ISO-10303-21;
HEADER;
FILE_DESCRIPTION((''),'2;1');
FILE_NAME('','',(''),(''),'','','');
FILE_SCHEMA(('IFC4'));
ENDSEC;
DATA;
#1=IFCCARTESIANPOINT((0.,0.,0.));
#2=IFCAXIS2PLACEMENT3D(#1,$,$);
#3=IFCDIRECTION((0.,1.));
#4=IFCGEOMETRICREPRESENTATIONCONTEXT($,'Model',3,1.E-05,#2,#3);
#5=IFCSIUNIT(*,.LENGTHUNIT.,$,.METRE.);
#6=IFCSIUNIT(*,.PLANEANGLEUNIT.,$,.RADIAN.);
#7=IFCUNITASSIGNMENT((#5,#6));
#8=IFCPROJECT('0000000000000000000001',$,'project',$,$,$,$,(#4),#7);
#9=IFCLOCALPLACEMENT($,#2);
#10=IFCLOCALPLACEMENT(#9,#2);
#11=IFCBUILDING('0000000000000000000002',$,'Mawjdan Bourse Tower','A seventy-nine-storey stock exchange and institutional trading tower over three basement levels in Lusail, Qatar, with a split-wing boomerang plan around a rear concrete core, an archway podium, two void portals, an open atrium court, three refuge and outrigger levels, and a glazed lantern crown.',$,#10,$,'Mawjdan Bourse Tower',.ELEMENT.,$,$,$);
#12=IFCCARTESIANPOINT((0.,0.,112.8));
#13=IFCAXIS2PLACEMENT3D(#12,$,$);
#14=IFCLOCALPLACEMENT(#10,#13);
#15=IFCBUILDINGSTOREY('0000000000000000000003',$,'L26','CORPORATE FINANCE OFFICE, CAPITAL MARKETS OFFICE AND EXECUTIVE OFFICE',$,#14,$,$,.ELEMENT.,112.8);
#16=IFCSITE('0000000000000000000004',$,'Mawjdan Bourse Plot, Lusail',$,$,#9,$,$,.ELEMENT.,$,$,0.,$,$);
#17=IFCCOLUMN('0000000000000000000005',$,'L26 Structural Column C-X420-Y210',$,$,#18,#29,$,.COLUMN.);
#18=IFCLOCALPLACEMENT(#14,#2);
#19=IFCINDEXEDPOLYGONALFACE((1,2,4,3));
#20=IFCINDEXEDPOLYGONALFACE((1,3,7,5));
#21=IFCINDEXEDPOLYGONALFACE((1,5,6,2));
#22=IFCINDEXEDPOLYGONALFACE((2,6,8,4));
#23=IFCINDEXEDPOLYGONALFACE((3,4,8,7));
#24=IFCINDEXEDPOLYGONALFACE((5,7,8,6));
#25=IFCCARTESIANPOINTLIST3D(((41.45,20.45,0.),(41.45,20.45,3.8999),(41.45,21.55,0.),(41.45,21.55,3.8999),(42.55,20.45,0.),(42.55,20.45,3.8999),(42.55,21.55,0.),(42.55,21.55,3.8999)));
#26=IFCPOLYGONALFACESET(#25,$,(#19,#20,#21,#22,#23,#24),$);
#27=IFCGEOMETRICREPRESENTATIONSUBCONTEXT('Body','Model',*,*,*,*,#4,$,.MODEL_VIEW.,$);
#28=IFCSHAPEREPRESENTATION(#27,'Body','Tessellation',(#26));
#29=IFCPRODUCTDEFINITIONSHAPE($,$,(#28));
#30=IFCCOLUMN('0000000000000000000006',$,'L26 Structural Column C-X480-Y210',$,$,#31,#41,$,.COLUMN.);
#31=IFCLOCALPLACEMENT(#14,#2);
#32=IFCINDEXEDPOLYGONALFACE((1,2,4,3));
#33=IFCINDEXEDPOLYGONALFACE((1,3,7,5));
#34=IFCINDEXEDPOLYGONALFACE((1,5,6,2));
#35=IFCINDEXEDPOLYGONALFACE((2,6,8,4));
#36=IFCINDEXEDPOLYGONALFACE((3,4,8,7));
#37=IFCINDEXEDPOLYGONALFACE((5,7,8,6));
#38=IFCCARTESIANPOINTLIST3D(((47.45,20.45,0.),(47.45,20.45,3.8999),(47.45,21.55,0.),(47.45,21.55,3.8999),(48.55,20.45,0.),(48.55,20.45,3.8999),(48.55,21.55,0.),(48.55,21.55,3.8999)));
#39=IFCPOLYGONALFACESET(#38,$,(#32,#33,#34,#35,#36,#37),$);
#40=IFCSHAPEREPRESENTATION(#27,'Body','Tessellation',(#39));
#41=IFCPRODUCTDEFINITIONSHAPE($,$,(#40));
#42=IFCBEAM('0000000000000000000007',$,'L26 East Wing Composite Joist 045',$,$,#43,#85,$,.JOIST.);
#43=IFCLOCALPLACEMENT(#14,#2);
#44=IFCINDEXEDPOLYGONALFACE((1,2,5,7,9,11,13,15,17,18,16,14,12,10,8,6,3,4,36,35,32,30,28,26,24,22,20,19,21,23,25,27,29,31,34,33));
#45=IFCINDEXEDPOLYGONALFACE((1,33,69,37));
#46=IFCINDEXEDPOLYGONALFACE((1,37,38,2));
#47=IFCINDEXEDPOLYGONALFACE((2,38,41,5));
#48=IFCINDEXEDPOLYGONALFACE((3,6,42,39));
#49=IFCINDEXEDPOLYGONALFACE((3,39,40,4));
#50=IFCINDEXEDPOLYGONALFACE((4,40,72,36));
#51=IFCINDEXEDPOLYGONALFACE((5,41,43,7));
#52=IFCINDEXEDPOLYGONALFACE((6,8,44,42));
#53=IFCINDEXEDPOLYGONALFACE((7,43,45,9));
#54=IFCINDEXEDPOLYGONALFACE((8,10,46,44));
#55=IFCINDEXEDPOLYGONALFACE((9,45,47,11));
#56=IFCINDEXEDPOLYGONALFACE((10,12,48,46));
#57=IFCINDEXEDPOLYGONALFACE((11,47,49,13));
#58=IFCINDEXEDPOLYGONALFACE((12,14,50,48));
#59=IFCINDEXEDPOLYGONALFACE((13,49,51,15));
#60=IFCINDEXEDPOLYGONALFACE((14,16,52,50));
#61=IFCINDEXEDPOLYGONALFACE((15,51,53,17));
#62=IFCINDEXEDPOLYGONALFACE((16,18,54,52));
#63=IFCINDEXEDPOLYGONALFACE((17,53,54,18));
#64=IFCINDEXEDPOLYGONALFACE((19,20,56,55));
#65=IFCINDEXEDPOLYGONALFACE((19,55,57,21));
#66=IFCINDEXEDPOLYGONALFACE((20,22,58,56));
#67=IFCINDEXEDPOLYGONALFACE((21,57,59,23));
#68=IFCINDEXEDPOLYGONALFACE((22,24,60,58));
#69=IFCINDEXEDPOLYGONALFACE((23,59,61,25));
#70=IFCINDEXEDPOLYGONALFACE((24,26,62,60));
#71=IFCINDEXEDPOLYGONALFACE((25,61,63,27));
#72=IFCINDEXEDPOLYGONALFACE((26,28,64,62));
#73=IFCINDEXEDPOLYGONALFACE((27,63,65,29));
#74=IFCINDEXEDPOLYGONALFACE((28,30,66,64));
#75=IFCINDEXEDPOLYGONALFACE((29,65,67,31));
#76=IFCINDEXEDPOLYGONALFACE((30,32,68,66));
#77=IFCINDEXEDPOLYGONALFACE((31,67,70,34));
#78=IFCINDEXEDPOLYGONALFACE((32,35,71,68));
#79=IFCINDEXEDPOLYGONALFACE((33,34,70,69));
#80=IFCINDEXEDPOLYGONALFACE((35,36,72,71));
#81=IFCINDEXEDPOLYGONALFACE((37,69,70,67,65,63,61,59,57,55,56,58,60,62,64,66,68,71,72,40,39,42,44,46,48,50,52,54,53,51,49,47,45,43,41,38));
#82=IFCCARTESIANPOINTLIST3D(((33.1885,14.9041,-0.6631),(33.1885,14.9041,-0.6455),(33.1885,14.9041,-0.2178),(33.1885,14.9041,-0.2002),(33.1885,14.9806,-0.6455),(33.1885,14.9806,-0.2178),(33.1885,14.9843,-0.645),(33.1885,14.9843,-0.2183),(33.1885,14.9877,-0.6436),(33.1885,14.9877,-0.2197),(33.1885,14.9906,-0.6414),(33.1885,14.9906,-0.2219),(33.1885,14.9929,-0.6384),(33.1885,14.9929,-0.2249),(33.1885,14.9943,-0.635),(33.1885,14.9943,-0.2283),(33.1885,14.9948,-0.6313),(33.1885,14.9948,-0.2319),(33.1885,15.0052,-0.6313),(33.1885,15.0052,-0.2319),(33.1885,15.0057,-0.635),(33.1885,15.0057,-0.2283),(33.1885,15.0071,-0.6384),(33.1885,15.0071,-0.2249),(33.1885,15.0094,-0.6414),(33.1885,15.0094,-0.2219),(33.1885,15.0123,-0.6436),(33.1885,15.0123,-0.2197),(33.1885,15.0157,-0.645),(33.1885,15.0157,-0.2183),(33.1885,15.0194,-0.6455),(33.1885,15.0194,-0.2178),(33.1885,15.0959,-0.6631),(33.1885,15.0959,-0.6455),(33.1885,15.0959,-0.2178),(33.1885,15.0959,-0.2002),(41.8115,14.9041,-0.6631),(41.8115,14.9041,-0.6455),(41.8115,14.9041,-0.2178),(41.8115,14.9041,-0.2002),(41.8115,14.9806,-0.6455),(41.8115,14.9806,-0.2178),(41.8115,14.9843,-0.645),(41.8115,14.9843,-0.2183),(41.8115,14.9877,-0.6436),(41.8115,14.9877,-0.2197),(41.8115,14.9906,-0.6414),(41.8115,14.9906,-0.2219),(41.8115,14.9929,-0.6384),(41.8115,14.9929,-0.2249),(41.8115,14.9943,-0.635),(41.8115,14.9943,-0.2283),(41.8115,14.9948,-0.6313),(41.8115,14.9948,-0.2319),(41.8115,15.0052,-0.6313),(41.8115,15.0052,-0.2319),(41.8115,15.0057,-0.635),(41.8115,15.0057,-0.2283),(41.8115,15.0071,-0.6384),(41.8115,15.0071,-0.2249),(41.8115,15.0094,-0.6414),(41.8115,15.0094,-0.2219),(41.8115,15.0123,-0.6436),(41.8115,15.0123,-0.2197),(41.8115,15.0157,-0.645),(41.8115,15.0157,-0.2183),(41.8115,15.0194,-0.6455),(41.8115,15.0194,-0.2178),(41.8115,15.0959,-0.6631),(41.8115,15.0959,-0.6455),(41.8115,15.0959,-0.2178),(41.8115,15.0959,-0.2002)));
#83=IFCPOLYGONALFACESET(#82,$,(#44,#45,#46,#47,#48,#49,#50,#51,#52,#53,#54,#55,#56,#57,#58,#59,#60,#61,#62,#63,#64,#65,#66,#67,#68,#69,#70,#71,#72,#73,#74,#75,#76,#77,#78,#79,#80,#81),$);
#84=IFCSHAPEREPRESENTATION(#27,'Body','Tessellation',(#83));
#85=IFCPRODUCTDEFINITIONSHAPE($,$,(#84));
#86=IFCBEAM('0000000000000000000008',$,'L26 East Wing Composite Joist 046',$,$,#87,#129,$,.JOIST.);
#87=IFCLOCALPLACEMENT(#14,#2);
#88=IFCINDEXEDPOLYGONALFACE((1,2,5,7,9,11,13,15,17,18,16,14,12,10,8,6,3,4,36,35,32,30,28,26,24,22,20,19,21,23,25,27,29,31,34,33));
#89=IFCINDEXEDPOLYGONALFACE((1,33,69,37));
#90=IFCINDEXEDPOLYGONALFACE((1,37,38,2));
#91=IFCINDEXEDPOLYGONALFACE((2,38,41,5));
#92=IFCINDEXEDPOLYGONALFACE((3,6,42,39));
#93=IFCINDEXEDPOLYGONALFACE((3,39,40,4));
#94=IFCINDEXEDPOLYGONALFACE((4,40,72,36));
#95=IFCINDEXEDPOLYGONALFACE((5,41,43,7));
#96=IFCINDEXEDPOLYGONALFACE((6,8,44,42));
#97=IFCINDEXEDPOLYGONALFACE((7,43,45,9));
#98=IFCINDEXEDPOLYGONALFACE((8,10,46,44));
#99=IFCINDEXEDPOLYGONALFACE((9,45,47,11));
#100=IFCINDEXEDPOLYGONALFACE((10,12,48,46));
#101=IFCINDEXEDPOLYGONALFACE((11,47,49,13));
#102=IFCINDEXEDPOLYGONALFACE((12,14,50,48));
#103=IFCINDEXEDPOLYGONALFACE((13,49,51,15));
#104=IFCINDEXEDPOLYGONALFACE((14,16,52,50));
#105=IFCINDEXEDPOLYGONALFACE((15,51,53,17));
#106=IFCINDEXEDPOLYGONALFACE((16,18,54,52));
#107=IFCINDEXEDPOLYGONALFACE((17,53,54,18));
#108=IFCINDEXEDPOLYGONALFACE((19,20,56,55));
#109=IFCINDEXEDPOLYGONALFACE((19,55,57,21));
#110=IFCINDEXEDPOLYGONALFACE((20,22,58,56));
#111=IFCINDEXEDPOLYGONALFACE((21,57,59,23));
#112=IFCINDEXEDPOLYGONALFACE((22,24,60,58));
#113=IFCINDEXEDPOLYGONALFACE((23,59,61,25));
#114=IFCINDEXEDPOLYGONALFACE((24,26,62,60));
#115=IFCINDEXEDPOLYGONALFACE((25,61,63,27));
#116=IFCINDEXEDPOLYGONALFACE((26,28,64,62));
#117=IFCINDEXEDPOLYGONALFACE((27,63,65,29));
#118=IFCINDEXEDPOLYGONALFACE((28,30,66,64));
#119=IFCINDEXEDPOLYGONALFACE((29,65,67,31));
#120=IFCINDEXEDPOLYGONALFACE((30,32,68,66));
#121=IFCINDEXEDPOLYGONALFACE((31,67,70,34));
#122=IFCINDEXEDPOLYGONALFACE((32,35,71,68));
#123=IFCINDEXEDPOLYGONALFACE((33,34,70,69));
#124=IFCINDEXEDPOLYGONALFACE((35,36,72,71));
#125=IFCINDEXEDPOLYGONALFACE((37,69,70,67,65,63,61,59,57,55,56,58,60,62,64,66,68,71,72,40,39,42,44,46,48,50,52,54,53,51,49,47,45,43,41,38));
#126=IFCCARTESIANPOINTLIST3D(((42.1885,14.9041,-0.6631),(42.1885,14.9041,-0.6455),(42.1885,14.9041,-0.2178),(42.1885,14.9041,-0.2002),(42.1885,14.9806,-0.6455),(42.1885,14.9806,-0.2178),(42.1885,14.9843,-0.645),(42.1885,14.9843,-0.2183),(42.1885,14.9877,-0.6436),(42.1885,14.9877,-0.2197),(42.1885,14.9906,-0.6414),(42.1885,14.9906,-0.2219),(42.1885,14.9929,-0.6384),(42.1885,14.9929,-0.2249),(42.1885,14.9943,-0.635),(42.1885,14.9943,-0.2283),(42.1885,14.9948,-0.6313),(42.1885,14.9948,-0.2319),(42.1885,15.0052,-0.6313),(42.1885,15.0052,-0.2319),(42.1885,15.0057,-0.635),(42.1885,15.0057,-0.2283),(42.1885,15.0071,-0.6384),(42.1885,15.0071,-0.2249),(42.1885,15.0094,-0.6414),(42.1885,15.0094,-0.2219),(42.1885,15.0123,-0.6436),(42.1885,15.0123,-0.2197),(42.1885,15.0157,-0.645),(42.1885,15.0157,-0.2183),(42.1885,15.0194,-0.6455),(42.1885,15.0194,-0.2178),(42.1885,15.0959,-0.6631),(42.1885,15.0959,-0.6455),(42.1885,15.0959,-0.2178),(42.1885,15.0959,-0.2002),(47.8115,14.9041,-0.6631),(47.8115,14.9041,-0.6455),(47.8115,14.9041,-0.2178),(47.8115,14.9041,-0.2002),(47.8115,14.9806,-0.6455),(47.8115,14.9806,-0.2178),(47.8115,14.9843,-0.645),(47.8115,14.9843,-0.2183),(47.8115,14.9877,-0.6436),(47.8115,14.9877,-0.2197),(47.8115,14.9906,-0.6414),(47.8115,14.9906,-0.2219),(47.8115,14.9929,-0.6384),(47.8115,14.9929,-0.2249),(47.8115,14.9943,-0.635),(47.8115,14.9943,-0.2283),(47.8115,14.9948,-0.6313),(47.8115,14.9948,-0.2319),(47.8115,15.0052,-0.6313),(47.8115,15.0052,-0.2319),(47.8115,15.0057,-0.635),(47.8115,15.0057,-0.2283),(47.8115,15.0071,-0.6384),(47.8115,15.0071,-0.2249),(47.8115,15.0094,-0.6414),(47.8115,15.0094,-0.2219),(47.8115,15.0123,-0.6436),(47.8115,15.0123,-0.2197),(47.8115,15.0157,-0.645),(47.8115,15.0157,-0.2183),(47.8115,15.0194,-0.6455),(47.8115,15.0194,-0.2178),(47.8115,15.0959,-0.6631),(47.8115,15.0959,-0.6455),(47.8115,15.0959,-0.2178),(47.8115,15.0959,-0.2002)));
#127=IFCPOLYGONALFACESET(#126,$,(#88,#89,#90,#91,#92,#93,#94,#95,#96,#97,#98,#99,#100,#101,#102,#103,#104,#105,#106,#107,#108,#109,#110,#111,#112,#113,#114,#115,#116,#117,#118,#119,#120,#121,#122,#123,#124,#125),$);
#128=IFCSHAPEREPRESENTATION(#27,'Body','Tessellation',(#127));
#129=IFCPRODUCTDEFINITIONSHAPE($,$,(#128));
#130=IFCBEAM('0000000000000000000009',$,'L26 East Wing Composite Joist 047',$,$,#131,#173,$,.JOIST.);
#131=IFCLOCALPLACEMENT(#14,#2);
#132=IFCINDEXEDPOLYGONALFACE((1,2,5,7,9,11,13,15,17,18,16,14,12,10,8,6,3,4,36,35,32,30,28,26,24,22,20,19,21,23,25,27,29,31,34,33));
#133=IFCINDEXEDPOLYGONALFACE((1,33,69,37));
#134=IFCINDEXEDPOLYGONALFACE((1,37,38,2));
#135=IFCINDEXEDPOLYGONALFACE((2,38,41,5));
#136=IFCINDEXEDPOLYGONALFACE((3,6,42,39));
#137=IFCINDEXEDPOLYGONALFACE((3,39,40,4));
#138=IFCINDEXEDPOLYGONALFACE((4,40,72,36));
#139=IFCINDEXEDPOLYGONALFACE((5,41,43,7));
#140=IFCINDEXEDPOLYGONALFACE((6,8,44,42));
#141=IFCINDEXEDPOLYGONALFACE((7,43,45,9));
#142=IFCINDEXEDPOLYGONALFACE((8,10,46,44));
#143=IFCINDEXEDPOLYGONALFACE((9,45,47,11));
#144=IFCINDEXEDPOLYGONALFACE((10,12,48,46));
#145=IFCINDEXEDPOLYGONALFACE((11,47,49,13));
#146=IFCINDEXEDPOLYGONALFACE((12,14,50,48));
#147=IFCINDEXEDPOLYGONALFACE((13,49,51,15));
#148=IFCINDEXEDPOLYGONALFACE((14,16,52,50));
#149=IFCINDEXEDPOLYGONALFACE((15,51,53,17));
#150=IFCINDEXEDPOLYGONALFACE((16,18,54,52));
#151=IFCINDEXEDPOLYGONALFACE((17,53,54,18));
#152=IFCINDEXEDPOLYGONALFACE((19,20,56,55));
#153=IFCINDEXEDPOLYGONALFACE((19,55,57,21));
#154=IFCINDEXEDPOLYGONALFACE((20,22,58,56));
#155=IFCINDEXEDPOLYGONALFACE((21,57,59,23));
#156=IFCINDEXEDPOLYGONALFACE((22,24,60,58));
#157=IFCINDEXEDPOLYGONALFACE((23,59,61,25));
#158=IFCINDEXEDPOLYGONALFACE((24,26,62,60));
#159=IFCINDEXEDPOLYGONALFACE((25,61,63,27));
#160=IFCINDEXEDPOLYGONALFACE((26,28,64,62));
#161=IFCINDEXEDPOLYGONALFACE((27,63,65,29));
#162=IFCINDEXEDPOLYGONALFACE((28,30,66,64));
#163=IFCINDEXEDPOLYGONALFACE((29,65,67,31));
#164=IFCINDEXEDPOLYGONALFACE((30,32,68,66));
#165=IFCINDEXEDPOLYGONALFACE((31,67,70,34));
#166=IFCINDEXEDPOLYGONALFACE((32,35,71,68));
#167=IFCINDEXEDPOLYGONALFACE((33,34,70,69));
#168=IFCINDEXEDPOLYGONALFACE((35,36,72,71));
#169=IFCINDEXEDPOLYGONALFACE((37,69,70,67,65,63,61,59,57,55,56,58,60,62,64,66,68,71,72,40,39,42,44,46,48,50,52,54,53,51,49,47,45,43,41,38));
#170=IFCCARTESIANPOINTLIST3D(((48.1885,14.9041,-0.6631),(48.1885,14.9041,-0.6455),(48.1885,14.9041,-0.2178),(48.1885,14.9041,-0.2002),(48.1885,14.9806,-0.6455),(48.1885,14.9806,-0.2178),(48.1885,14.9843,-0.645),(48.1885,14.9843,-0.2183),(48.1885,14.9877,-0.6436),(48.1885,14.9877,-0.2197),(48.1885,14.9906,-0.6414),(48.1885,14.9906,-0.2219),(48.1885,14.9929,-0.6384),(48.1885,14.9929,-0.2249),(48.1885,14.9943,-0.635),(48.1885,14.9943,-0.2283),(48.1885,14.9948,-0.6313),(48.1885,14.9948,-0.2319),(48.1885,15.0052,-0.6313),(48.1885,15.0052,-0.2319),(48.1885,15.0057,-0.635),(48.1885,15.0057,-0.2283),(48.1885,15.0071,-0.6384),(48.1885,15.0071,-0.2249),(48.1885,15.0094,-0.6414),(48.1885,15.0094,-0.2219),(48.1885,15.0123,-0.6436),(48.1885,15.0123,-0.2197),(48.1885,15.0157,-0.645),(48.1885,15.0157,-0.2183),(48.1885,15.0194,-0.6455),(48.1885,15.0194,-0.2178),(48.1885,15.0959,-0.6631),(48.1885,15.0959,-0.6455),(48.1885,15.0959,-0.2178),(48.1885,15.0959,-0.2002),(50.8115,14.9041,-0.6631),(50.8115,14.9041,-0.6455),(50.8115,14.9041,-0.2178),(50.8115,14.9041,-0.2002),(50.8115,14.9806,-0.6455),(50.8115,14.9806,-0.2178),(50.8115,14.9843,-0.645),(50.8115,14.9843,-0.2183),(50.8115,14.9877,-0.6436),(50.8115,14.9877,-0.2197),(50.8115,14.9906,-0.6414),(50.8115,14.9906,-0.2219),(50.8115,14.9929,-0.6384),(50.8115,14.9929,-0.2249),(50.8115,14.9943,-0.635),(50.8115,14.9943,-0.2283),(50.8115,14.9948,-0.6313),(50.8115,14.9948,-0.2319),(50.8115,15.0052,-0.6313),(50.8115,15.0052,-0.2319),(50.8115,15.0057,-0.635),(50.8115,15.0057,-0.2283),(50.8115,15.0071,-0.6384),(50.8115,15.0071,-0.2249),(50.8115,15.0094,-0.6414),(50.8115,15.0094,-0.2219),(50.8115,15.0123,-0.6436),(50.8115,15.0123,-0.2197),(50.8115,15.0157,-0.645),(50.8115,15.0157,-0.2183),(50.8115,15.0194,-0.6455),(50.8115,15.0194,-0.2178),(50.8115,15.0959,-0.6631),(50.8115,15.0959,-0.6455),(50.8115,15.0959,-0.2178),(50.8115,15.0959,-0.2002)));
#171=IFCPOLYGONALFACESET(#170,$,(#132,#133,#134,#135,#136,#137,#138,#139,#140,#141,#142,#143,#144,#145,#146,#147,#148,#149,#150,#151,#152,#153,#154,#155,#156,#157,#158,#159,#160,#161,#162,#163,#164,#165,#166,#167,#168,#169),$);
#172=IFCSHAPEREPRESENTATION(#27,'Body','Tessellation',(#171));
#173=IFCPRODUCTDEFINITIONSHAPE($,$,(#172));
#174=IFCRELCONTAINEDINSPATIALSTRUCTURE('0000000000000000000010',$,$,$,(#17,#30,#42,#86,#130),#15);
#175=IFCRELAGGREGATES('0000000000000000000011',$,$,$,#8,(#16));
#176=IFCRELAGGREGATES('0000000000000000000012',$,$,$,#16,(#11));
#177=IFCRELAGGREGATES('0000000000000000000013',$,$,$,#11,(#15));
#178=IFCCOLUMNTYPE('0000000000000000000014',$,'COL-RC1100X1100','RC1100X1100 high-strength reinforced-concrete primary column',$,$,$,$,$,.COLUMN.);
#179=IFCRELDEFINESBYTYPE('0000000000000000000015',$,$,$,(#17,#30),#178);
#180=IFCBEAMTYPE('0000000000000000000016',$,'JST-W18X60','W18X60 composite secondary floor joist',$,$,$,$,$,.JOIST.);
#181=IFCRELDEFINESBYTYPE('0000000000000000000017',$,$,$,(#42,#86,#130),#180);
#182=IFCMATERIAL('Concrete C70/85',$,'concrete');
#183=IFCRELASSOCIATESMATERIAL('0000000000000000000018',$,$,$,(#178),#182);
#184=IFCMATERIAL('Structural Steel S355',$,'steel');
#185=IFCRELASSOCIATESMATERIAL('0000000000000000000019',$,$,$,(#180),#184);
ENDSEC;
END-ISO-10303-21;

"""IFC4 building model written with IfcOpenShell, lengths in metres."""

from ifc_helpers import new_model, si_unit, direction, frame, origin, origin_2d, place, context, subcontext, project, spatial, rectangle, i_section, extrude, material, material_profile, profile_set, type_object, element, save


model = new_model("IFC4")

# Units and contexts
model_context = context("Model", 3, precision=1e-05, world=origin(), true_north=direction((0.0, 1.0)))
body_context = subcontext(model_context, "Body", "Model", "MODEL_VIEW")
ifc_project = project(units=[si_unit("LENGTHUNIT", "METRE"), si_unit("PLANEANGLEUNIT", "RADIAN")], contexts=[model_context])

# Site, building, storey
site_placement = place(None, origin())
site = spatial("IfcSite", under=ifc_project, at=site_placement, Name="Mawjdan Bourse Plot, Lusail", CompositionType="ELEMENT", RefElevation=0.0)
building_placement = place(site_placement, origin())
building = spatial("IfcBuilding", under=site, at=building_placement, Name="Mawjdan Bourse Tower", Description="A seventy-nine-storey stock exchange and institutional trading tower over three basement levels in Lusail, Qatar, with a split-wing boomerang plan around a rear concrete core, an archway podium, two void portals, an open atrium court, three refuge and outrigger levels, and a glazed lantern crown.", LongName="Mawjdan Bourse Tower", CompositionType="ELEMENT")
storey_placement = place(building_placement, frame((0.0, 0.0, 112.8)))
storey = spatial("IfcBuildingStorey", under=building, at=storey_placement, Name="L26", Description="CORPORATE FINANCE OFFICE, CAPITAL MARKETS OFFICE AND EXECUTIVE OFFICE", CompositionType="ELEMENT", Elevation=112.8)

# Columns
ifc_material_1 = material(Name="Concrete C70/85", Category="concrete")
ifc_material_profile_1 = material_profile(ifc_material_1, rectangle(XDim=1.1001, YDim=1.1001, at=origin_2d()), Name="RC1100X1100")
ifc_profile_set_1 = profile_set([ifc_material_profile_1], Name="Concrete C70/85")
column_type = type_object("IfcColumnType", Name="COL-RC1100X1100", Description="RC1100X1100 high-strength reinforced-concrete primary column", PredefinedType="COLUMN", material=ifc_profile_set_1)
for number, where, z_axis, x_axis, name in (
    (1, (42.0, 21.0, 0.0), (0.0, 0.0, 1.0), (1.0, 0.0, 0.0), "L26 Structural Column C-X420-Y210"),
    (2, (48.0, 21.0, 0.0), (0.0, 0.0, 1.0), (1.0, 0.0, 0.0), "L26 Structural Column C-X480-Y210"),
):
    element("IfcColumn", number, at=place(storey_placement, frame(where, z_axis=z_axis, x_axis=x_axis)), inside=storey, type_object=column_type, Name=name, PredefinedType="COLUMN", context=body_context, shape_type="SweptSolid", body=[
        extrude(rectangle(XDim=1.1001, YDim=1.1001, at=origin_2d()), origin(), (0.0, 0.0, 1.0), 3.8999),
    ])

# Beams
ifc_material_2 = material(Name="Structural Steel S355", Category="steel")
ifc_material_profile_2 = material_profile(ifc_material_2, i_section(OverallWidth=0.1919, OverallDepth=0.4629, WebThickness=0.0105, FlangeThickness=0.0176, FilletRadius=0.0142, at=origin_2d()), Name="W18X60")
ifc_profile_set_2 = profile_set([ifc_material_profile_2], Name="Structural Steel S355")
beam_type_1 = type_object("IfcBeamType", Name="JST-W18X60", Description="W18X60 composite secondary floor joist", PredefinedType="JOIST", material=ifc_profile_set_2)
beam_1_placement = place(storey_placement, frame((33.1885, 15.0, -0.4316), z_axis=(1.0, 0.0, 0.0), x_axis=(0.0, 1.0, 0.0)))
element("IfcBeam", 3, at=beam_1_placement, inside=storey, type_object=beam_type_1, Name="L26 East Wing Composite Joist 045", PredefinedType="JOIST", context=body_context, shape_type="SweptSolid", body=[
    extrude(i_section(OverallWidth=0.1919, OverallDepth=0.4629, WebThickness=0.0105, FlangeThickness=0.0176, FilletRadius=0.0142, at=origin_2d()), origin(), (0.0, 0.0, 1.0), 8.623),
])
beam_2_placement = place(storey_placement, frame((42.1885, 15.0, -0.4316), z_axis=(1.0, 0.0, 0.0), x_axis=(0.0, 1.0, 0.0)))
element("IfcBeam", 4, at=beam_2_placement, inside=storey, type_object=beam_type_1, Name="L26 East Wing Composite Joist 046", PredefinedType="JOIST", context=body_context, shape_type="SweptSolid", body=[
    extrude(i_section(OverallWidth=0.1919, OverallDepth=0.4629, WebThickness=0.0105, FlangeThickness=0.0176, FilletRadius=0.0142, at=origin_2d()), origin(), (0.0, 0.0, 1.0), 5.623),
])
beam_3_placement = place(storey_placement, frame((48.1885, 15.0, -0.4316), z_axis=(1.0, 0.0, 0.0), x_axis=(0.0, 1.0, 0.0)))
element("IfcBeam", 5, at=beam_3_placement, inside=storey, type_object=beam_type_1, Name="L26 East Wing Composite Joist 047", PredefinedType="JOIST", context=body_context, shape_type="SweptSolid", body=[
    extrude(i_section(OverallWidth=0.1919, OverallDepth=0.4629, WebThickness=0.0105, FlangeThickness=0.0176, FilletRadius=0.0142, at=origin_2d()), origin(), (0.0, 0.0, 1.0), 2.623),
])

save(model, "model.ifc")
